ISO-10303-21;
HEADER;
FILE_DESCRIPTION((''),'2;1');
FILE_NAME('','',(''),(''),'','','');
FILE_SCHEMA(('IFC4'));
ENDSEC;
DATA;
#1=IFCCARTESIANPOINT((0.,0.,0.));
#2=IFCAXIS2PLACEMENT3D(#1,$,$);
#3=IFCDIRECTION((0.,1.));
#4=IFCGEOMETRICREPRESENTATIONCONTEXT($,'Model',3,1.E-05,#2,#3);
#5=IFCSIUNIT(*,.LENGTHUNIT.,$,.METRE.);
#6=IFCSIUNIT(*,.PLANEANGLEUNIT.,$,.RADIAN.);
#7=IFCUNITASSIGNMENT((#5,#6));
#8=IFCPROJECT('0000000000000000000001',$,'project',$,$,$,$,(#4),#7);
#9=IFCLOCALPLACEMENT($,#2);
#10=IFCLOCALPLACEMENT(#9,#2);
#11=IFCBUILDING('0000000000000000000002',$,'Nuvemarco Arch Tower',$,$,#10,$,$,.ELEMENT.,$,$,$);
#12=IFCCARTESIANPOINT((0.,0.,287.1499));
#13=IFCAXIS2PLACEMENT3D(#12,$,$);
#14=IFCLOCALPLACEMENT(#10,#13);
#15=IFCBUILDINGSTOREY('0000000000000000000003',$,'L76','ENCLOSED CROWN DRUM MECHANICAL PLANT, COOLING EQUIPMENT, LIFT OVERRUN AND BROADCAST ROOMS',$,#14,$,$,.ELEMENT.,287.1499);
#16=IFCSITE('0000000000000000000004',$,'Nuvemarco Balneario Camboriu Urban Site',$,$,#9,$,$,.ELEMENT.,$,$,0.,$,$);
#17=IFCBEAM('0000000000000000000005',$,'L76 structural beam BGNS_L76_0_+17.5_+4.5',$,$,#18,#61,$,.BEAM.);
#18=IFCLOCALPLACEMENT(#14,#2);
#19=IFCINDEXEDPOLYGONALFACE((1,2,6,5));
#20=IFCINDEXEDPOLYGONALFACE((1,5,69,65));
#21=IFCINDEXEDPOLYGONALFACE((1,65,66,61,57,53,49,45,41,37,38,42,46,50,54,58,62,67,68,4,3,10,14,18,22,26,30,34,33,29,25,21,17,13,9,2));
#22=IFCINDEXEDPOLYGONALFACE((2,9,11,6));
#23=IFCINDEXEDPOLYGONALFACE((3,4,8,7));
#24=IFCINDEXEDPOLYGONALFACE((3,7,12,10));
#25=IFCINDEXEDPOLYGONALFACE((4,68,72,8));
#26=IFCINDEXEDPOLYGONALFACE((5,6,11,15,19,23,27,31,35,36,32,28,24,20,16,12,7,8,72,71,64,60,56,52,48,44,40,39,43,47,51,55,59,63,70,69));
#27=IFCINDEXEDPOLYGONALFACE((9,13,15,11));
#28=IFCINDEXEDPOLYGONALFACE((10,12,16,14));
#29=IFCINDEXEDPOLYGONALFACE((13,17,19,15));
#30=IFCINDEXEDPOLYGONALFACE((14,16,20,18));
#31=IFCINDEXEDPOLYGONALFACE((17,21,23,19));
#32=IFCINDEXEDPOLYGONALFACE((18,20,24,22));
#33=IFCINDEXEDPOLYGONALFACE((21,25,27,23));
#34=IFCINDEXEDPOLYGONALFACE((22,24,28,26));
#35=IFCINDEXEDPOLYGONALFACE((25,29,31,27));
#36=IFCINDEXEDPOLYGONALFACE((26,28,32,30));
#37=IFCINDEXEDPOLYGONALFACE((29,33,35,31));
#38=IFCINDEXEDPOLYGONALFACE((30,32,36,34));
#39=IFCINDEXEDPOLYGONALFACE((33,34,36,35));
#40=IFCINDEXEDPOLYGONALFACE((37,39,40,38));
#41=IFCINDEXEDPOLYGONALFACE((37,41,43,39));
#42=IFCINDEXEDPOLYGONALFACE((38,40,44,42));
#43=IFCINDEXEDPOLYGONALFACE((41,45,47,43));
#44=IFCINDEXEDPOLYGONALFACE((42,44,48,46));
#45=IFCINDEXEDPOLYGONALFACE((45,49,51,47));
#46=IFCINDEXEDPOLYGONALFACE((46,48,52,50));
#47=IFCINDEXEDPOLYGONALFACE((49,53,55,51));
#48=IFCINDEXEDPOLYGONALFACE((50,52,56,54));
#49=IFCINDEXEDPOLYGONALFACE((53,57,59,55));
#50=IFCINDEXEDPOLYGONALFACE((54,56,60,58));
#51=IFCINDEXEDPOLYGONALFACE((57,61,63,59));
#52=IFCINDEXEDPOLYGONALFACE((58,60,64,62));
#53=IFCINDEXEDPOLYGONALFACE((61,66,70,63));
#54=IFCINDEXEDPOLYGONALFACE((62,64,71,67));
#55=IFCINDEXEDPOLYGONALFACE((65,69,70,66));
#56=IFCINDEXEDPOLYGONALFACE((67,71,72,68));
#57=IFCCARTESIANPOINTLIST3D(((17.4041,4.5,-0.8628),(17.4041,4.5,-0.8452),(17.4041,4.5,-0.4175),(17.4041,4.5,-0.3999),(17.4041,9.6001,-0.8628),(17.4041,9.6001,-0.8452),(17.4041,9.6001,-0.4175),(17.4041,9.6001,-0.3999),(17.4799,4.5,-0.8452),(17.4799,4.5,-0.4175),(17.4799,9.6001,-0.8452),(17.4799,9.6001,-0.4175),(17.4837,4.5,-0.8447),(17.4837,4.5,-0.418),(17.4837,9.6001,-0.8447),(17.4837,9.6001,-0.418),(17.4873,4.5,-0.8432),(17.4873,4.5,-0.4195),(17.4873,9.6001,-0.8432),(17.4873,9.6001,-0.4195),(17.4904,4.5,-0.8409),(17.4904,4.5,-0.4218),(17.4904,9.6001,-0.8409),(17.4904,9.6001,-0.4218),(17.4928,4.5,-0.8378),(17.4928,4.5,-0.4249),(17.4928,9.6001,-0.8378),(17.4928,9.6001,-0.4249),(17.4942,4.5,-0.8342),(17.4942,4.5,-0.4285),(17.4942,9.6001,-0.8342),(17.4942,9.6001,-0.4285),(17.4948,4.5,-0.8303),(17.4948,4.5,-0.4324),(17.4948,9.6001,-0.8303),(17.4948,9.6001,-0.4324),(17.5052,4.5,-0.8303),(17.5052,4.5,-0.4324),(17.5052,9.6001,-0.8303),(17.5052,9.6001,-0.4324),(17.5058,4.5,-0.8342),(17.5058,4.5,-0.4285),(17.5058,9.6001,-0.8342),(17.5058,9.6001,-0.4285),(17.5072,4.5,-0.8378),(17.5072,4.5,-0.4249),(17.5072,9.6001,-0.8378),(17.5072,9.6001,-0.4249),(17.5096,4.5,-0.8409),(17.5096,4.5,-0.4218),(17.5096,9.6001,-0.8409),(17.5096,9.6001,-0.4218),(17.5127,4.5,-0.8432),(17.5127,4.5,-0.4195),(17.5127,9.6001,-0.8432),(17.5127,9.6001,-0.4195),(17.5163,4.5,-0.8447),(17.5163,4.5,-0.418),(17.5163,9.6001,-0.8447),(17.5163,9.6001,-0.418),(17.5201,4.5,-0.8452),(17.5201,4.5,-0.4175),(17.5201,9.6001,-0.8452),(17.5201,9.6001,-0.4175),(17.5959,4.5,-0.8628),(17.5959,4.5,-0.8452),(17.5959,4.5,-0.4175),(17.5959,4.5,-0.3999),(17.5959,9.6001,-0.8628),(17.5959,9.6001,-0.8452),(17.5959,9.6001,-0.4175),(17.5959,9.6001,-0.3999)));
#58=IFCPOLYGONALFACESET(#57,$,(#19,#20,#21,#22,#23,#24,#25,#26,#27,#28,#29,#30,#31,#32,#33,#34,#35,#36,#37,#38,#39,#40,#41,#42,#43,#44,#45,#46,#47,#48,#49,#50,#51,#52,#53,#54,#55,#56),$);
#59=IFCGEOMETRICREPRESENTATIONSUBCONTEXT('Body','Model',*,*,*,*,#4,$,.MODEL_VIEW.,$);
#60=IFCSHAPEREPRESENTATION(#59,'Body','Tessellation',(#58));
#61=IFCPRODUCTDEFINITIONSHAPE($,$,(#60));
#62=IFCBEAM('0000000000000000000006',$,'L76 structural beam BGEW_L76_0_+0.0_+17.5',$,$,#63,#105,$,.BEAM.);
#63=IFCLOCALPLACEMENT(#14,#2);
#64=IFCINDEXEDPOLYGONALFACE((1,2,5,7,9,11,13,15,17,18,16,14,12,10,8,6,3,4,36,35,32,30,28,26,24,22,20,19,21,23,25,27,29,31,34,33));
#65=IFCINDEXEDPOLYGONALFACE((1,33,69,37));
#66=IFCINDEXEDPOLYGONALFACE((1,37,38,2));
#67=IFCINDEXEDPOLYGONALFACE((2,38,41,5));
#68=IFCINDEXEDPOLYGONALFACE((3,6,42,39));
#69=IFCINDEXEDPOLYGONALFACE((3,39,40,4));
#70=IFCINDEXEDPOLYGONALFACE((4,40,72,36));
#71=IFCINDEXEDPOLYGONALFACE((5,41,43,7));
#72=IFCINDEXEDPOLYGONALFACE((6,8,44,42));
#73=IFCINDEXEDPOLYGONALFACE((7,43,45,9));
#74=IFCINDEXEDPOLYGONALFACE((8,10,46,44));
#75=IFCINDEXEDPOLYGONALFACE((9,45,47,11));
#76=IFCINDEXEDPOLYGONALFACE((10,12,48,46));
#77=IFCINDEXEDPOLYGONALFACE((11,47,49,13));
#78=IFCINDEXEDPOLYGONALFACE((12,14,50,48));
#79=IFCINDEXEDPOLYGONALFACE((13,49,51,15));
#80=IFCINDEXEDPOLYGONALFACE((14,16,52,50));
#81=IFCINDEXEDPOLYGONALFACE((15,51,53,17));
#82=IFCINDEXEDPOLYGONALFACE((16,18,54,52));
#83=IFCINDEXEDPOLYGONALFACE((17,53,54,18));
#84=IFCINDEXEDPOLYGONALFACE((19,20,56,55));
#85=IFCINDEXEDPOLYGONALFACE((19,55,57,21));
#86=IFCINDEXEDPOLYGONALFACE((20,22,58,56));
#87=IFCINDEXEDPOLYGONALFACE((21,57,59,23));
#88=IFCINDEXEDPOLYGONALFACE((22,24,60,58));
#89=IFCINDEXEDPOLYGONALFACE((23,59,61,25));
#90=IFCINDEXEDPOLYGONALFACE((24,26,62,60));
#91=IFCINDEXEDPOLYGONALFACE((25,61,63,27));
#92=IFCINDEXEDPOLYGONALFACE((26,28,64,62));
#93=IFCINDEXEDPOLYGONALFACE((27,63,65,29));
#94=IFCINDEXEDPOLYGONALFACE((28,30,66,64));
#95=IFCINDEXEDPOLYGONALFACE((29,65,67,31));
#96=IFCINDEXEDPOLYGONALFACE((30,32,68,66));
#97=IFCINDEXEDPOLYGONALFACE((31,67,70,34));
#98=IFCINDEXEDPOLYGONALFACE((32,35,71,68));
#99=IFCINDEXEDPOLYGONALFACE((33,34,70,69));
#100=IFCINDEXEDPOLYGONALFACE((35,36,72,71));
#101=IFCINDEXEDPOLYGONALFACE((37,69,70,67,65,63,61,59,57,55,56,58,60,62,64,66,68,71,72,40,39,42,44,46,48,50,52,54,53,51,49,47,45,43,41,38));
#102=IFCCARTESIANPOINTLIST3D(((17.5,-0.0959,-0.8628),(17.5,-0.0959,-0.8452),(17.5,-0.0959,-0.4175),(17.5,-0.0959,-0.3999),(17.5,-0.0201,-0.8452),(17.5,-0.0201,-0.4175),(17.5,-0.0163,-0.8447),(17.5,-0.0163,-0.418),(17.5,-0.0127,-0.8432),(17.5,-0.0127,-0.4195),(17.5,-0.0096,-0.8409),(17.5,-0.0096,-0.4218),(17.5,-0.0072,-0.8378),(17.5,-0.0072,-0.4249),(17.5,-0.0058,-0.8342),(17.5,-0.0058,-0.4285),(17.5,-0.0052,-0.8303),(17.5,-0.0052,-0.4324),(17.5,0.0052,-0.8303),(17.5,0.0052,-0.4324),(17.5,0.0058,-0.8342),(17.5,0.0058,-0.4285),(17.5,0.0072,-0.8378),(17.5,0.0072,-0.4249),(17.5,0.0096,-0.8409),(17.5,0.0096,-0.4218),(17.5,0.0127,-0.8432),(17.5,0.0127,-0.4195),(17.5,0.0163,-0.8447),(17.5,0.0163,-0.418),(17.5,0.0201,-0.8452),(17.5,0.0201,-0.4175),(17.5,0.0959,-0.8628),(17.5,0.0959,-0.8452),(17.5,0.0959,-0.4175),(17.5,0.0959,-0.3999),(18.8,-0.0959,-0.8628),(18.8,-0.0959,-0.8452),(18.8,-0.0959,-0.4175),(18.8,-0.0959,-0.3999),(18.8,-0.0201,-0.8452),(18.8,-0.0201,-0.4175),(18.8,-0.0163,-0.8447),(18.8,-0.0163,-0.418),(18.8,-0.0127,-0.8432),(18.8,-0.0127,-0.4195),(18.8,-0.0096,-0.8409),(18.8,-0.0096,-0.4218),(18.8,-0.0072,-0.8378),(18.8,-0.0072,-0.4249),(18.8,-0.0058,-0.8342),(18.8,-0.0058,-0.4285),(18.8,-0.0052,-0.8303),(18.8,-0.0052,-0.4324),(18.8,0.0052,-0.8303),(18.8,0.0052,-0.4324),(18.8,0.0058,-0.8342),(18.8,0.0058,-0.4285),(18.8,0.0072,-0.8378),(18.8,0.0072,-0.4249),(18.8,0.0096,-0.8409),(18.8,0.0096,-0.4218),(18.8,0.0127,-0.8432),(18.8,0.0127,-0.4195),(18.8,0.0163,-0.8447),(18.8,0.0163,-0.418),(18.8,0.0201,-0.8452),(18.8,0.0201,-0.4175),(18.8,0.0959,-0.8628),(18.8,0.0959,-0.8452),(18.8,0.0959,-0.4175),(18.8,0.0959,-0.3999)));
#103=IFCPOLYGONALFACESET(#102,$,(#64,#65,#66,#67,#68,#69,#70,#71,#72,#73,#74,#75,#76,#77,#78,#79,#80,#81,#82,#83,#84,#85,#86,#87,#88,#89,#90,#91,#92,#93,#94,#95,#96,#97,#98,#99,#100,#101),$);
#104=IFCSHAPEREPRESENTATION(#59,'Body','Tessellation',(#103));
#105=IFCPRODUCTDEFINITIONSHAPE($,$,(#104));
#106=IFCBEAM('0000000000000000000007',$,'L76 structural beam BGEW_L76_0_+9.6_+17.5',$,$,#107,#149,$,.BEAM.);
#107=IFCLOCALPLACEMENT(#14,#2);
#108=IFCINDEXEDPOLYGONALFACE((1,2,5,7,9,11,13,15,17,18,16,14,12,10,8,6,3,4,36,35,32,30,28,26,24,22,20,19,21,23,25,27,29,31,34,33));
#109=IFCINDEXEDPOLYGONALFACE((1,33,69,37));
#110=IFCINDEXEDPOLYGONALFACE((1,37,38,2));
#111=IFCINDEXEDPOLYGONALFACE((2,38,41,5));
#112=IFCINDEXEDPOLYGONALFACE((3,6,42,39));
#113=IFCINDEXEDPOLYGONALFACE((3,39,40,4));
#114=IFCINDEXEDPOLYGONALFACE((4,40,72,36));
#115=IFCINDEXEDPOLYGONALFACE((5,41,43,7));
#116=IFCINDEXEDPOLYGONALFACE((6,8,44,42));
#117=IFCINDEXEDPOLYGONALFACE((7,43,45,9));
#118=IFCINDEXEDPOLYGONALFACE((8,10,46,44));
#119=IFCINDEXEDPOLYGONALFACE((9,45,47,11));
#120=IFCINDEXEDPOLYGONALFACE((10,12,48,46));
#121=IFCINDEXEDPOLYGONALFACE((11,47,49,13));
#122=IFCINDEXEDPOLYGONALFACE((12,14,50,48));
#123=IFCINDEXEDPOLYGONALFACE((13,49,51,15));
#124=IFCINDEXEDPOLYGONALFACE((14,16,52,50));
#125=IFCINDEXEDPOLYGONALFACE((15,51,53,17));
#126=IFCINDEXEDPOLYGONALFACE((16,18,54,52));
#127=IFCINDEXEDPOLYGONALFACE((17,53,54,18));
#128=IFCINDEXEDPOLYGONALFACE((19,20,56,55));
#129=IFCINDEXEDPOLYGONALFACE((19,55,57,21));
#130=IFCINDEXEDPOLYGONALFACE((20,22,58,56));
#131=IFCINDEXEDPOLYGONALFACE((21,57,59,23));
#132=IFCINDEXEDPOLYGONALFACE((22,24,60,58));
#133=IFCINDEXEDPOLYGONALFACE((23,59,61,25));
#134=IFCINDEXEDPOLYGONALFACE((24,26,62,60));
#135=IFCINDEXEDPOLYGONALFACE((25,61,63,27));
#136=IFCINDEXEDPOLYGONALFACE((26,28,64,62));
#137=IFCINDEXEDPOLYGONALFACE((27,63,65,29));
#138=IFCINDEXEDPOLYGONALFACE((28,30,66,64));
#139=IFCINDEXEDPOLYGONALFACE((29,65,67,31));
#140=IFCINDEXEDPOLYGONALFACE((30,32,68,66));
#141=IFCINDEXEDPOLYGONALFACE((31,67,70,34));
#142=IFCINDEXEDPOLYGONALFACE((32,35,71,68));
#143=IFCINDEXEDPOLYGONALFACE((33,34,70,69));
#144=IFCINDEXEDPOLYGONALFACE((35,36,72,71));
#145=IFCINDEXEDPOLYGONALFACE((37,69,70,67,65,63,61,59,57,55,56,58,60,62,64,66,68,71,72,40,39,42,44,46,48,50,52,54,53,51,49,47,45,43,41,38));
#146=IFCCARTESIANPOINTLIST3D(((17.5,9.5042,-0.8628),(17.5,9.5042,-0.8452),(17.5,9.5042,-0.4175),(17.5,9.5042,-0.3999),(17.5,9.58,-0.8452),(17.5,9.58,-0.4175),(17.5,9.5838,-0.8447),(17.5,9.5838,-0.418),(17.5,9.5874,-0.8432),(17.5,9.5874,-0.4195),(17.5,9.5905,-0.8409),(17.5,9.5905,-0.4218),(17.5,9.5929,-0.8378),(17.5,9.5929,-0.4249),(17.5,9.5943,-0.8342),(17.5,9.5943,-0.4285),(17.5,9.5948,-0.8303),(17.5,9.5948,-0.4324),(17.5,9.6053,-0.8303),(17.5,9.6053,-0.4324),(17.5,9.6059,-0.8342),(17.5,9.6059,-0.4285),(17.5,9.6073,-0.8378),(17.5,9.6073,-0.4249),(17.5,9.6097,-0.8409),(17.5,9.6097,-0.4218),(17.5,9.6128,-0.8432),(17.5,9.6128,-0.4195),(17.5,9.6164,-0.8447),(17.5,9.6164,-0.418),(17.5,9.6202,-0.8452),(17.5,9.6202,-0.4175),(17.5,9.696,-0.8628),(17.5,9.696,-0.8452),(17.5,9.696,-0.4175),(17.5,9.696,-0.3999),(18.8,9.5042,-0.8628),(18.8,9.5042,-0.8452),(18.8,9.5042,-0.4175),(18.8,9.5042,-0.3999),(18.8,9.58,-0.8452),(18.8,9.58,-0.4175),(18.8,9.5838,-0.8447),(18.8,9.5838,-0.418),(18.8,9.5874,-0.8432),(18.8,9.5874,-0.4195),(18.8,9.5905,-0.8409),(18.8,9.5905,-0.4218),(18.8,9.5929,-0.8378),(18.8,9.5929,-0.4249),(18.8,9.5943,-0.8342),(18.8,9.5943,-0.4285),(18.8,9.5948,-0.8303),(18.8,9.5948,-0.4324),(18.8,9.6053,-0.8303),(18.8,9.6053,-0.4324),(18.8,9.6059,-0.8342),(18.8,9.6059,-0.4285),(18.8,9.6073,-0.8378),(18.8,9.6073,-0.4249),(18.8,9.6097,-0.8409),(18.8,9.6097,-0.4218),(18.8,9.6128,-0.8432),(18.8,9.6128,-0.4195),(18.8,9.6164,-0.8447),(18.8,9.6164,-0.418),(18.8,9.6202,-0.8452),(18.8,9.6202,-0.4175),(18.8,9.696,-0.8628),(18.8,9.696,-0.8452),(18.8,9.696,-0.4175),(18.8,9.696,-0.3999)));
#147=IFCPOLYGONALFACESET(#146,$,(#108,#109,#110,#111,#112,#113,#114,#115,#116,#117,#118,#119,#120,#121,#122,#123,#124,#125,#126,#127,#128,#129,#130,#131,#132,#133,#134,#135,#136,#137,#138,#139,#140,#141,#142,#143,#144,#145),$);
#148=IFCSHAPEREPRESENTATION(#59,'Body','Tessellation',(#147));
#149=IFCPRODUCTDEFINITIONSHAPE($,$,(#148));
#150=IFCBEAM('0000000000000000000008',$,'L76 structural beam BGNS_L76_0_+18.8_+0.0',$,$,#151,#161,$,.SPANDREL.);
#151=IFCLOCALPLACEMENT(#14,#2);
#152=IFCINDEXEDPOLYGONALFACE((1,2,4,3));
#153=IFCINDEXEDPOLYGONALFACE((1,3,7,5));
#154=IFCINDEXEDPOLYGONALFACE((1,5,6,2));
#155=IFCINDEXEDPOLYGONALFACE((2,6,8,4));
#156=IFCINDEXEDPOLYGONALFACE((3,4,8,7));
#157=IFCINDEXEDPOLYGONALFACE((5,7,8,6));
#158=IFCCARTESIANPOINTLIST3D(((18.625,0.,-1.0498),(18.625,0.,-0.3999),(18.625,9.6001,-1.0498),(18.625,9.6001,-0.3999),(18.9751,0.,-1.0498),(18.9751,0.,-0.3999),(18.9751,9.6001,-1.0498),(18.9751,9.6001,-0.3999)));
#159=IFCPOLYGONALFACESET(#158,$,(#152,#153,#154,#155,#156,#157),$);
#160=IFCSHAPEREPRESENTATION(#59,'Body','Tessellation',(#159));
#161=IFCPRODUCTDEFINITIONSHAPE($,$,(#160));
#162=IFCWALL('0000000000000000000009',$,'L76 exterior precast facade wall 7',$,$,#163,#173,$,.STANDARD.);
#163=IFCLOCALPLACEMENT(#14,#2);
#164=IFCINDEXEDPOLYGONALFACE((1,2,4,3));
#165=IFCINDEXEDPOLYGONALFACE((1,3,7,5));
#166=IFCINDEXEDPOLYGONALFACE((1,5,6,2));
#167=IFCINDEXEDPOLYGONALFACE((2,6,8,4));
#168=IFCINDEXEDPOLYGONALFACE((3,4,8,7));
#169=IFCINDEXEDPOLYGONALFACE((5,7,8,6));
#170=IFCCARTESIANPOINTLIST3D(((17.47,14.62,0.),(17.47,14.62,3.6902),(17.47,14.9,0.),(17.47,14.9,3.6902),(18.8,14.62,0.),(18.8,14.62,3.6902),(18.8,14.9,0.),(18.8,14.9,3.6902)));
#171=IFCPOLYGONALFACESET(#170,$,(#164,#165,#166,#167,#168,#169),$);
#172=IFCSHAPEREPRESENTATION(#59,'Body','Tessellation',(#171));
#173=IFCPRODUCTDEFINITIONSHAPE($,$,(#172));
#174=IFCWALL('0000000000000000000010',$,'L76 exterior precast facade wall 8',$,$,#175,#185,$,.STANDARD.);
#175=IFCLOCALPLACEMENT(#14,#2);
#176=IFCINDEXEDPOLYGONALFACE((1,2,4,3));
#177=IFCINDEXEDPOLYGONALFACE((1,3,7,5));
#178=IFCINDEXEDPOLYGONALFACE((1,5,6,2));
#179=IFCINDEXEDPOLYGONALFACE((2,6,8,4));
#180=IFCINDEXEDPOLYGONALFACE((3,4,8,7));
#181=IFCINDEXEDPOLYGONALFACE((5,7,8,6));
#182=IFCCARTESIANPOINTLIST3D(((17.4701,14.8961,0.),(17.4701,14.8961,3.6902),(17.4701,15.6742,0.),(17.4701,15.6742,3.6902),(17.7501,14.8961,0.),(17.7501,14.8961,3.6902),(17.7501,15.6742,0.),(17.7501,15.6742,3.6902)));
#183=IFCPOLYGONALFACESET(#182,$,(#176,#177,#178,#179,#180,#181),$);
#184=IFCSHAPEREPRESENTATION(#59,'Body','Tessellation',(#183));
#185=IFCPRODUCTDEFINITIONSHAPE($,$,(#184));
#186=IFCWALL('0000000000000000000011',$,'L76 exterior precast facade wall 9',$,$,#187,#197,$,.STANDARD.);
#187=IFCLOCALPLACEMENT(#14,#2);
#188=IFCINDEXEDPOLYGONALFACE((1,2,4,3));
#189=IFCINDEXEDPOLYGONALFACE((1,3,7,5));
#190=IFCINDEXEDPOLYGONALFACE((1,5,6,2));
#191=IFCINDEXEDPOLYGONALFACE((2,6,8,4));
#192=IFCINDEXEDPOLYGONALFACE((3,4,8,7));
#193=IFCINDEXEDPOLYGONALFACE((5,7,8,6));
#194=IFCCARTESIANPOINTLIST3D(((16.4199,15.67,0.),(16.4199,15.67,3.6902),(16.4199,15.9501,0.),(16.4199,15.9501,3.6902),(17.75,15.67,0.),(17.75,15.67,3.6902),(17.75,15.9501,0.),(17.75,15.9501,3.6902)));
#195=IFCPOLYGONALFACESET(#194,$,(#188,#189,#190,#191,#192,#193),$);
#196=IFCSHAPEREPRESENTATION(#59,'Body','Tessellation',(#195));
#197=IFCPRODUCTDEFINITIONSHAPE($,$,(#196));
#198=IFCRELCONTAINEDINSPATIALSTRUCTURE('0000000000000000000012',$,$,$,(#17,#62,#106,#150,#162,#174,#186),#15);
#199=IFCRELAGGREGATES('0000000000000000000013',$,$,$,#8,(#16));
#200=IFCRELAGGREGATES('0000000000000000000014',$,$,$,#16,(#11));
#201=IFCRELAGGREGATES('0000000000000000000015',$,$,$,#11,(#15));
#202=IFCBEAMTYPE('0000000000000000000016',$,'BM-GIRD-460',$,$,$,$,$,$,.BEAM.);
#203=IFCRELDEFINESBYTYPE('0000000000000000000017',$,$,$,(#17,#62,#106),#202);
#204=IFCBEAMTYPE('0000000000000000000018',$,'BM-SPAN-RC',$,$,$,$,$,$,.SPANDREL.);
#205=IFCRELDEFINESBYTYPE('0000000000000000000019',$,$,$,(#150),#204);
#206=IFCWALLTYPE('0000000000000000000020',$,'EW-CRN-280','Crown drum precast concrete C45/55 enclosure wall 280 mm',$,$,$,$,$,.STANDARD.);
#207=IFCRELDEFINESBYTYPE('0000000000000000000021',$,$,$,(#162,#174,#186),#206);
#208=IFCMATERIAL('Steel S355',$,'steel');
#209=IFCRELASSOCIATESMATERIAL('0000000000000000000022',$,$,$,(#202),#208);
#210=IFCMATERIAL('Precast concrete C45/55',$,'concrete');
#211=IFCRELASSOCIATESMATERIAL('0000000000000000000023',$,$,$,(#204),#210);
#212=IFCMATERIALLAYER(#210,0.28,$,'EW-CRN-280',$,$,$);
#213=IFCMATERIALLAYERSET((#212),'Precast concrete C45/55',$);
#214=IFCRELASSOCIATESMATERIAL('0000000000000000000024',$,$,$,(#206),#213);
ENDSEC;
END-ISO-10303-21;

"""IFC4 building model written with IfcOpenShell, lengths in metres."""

from ifc_helpers import new_model, si_unit, direction, frame, frame_2d, origin, origin_2d, place, context, subcontext, project, spatial, rectangle, i_section, extrude, material, layer, layer_set, material_profile, profile_set, type_object, element, save


model = new_model("IFC4")

# Units and contexts
model_context = context("Model", 3, precision=1e-05, world=origin(), true_north=direction((0.0, 1.0)))
body_context = subcontext(model_context, "Body", "Model", "MODEL_VIEW")
ifc_project = project(units=[si_unit("LENGTHUNIT", "METRE"), si_unit("PLANEANGLEUNIT", "RADIAN")], contexts=[model_context])

# Site, building, storey
site_placement = place(None, origin())
site = spatial("IfcSite", under=ifc_project, at=site_placement, Name="Nuvemarco Balneario Camboriu Urban Site", CompositionType="ELEMENT", RefElevation=0.0)
building_placement = place(site_placement, origin())
building = spatial("IfcBuilding", under=site, at=building_placement, Name="Nuvemarco Arch Tower", CompositionType="ELEMENT")
storey_placement = place(building_placement, frame((0.0, 0.0, 287.1499)))
storey = spatial("IfcBuildingStorey", under=building, at=storey_placement, Name="L76", Description="ENCLOSED CROWN DRUM MECHANICAL PLANT, COOLING EQUIPMENT, LIFT OVERRUN AND BROADCAST ROOMS", CompositionType="ELEMENT", Elevation=287.1499)

# Shared definitions
ifc_material_1 = material(Name="Steel S355", Category="steel")

# Beams
ifc_material_profile_1 = material_profile(ifc_material_1, i_section(OverallWidth=0.1919, OverallDepth=0.4629, WebThickness=0.0105, FlangeThickness=0.0176, FilletRadius=0.0149, at=origin_2d()), Name="W460x89")
ifc_profile_set_1 = profile_set([ifc_material_profile_1], Name="Steel S355")
beam_type_1 = type_object("IfcBeamType", Name="BM-GIRD-460", PredefinedType="BEAM", material=ifc_profile_set_1)
beam_1_placement = place(storey_placement, frame((17.5, 4.5, -0.6313), z_axis=(0.0, 1.0, 0.0), x_axis=(-1.0, 0.0, 0.0)))
element("IfcBeam", 1, at=beam_1_placement, inside=storey, type_object=beam_type_1, Name="L76 structural beam BGNS_L76_0_+17.5_+4.5", PredefinedType="BEAM", context=body_context, shape_type="SweptSolid", body=[
    extrude(i_section(OverallWidth=0.1919, OverallDepth=0.4629, WebThickness=0.0105, FlangeThickness=0.0176, FilletRadius=0.0149, at=origin_2d()), origin(), (0.0, 0.0, 1.0), 5.1001),
])
for number, where, z_axis, x_axis, name in (
    (2, (17.5, 0.0, -0.6313), (1.0, 0.0, 0.0), (0.0, 1.0, 0.0), "L76 structural beam BGEW_L76_0_+0.0_+17.5"),
    (3, (17.5, 9.6001, -0.6313), (1.0, 0.0, 0.0), (0.0, 1.0, 0.0), "L76 structural beam BGEW_L76_0_+9.6_+17.5"),
):
    element("IfcBeam", number, at=place(storey_placement, frame(where, z_axis=z_axis, x_axis=x_axis)), inside=storey, type_object=beam_type_1, Name=name, PredefinedType="BEAM", context=body_context, shape_type="SweptSolid", body=[
        extrude(i_section(OverallWidth=0.1919, OverallDepth=0.4629, WebThickness=0.0105, FlangeThickness=0.0176, FilletRadius=0.0149, at=origin_2d()), origin(), (0.0, 0.0, 1.0), 1.3),
    ])
ifc_material_2 = material(Name="Precast concrete C45/55", Category="concrete")
ifc_material_profile_2 = material_profile(ifc_material_2, rectangle(XDim=0.3501, YDim=0.6499, at=origin_2d()), Name="PC-SP-350x650")
ifc_profile_set_2 = profile_set([ifc_material_profile_2], Name="Precast concrete C45/55")
beam_type_2 = type_object("IfcBeamType", Name="BM-SPAN-RC", PredefinedType="SPANDREL", material=ifc_profile_set_2)
beam_2_placement = place(storey_placement, frame((18.8, 0.0, -0.7249), z_axis=(0.0, 1.0, 0.0), x_axis=(-1.0, 0.0, 0.0)))
element("IfcBeam", 4, at=beam_2_placement, inside=storey, type_object=beam_type_2, Name="L76 structural beam BGNS_L76_0_+18.8_+0.0", PredefinedType="SPANDREL", context=body_context, shape_type="SweptSolid", body=[
    extrude(rectangle(XDim=0.3501, YDim=0.6499, at=origin_2d()), origin(), (0.0, 0.0, 1.0), 9.6001),
])

# Walls
ifc_layer_1 = layer(ifc_material_2, 0.28, Name="EW-CRN-280")
ifc_layer_set_1 = layer_set([ifc_layer_1], Name="Precast concrete C45/55")
wall_type_1 = type_object("IfcWallType", Name="EW-CRN-280", Description="Crown drum precast concrete C45/55 enclosure wall 280 mm", PredefinedType="STANDARD", material=ifc_layer_set_1)
wall_1_placement = place(storey_placement, frame((17.47, 14.76, 0.0), z_axis=(0.0, 0.0, 1.0), x_axis=(1.0, 0.0, 0.0)))
element("IfcWall", 5, at=wall_1_placement, inside=storey, type_object=wall_type_1, Name="L76 exterior precast facade wall 7", PredefinedType="STANDARD", context=body_context, shape_type="SweptSolid", body=[
    extrude(rectangle(XDim=1.3301, YDim=0.28, at=frame_2d((0.665, 0.0))), origin(), (0.0, 0.0, 1.0), 3.6902),
])
wall_2_placement = place(storey_placement, frame((17.6101, 14.896, 0.0), z_axis=(0.0, 0.0, 1.0), x_axis=(0.0, 1.0, 0.0)))
element("IfcWall", 6, at=wall_2_placement, inside=storey, type_object=wall_type_1, Name="L76 exterior precast facade wall 8", PredefinedType="STANDARD", context=body_context, shape_type="SweptSolid", body=[
    extrude(rectangle(XDim=0.7781, YDim=0.28, at=frame_2d((0.3892, 0.0))), origin(), (0.0, 0.0, 1.0), 3.6902),
])
wall_3_placement = place(storey_placement, frame((16.4199, 15.8101, 0.0), z_axis=(0.0, 0.0, 1.0), x_axis=(1.0, 0.0, 0.0)))
element("IfcWall", 7, at=wall_3_placement, inside=storey, type_object=wall_type_1, Name="L76 exterior precast facade wall 9", PredefinedType="STANDARD", context=body_context, shape_type="SweptSolid", body=[
    extrude(rectangle(XDim=1.3301, YDim=0.28, at=frame_2d((0.665, 0.0))), origin(), (0.0, 0.0, 1.0), 3.6902),
])

save(model, "model.ifc")
